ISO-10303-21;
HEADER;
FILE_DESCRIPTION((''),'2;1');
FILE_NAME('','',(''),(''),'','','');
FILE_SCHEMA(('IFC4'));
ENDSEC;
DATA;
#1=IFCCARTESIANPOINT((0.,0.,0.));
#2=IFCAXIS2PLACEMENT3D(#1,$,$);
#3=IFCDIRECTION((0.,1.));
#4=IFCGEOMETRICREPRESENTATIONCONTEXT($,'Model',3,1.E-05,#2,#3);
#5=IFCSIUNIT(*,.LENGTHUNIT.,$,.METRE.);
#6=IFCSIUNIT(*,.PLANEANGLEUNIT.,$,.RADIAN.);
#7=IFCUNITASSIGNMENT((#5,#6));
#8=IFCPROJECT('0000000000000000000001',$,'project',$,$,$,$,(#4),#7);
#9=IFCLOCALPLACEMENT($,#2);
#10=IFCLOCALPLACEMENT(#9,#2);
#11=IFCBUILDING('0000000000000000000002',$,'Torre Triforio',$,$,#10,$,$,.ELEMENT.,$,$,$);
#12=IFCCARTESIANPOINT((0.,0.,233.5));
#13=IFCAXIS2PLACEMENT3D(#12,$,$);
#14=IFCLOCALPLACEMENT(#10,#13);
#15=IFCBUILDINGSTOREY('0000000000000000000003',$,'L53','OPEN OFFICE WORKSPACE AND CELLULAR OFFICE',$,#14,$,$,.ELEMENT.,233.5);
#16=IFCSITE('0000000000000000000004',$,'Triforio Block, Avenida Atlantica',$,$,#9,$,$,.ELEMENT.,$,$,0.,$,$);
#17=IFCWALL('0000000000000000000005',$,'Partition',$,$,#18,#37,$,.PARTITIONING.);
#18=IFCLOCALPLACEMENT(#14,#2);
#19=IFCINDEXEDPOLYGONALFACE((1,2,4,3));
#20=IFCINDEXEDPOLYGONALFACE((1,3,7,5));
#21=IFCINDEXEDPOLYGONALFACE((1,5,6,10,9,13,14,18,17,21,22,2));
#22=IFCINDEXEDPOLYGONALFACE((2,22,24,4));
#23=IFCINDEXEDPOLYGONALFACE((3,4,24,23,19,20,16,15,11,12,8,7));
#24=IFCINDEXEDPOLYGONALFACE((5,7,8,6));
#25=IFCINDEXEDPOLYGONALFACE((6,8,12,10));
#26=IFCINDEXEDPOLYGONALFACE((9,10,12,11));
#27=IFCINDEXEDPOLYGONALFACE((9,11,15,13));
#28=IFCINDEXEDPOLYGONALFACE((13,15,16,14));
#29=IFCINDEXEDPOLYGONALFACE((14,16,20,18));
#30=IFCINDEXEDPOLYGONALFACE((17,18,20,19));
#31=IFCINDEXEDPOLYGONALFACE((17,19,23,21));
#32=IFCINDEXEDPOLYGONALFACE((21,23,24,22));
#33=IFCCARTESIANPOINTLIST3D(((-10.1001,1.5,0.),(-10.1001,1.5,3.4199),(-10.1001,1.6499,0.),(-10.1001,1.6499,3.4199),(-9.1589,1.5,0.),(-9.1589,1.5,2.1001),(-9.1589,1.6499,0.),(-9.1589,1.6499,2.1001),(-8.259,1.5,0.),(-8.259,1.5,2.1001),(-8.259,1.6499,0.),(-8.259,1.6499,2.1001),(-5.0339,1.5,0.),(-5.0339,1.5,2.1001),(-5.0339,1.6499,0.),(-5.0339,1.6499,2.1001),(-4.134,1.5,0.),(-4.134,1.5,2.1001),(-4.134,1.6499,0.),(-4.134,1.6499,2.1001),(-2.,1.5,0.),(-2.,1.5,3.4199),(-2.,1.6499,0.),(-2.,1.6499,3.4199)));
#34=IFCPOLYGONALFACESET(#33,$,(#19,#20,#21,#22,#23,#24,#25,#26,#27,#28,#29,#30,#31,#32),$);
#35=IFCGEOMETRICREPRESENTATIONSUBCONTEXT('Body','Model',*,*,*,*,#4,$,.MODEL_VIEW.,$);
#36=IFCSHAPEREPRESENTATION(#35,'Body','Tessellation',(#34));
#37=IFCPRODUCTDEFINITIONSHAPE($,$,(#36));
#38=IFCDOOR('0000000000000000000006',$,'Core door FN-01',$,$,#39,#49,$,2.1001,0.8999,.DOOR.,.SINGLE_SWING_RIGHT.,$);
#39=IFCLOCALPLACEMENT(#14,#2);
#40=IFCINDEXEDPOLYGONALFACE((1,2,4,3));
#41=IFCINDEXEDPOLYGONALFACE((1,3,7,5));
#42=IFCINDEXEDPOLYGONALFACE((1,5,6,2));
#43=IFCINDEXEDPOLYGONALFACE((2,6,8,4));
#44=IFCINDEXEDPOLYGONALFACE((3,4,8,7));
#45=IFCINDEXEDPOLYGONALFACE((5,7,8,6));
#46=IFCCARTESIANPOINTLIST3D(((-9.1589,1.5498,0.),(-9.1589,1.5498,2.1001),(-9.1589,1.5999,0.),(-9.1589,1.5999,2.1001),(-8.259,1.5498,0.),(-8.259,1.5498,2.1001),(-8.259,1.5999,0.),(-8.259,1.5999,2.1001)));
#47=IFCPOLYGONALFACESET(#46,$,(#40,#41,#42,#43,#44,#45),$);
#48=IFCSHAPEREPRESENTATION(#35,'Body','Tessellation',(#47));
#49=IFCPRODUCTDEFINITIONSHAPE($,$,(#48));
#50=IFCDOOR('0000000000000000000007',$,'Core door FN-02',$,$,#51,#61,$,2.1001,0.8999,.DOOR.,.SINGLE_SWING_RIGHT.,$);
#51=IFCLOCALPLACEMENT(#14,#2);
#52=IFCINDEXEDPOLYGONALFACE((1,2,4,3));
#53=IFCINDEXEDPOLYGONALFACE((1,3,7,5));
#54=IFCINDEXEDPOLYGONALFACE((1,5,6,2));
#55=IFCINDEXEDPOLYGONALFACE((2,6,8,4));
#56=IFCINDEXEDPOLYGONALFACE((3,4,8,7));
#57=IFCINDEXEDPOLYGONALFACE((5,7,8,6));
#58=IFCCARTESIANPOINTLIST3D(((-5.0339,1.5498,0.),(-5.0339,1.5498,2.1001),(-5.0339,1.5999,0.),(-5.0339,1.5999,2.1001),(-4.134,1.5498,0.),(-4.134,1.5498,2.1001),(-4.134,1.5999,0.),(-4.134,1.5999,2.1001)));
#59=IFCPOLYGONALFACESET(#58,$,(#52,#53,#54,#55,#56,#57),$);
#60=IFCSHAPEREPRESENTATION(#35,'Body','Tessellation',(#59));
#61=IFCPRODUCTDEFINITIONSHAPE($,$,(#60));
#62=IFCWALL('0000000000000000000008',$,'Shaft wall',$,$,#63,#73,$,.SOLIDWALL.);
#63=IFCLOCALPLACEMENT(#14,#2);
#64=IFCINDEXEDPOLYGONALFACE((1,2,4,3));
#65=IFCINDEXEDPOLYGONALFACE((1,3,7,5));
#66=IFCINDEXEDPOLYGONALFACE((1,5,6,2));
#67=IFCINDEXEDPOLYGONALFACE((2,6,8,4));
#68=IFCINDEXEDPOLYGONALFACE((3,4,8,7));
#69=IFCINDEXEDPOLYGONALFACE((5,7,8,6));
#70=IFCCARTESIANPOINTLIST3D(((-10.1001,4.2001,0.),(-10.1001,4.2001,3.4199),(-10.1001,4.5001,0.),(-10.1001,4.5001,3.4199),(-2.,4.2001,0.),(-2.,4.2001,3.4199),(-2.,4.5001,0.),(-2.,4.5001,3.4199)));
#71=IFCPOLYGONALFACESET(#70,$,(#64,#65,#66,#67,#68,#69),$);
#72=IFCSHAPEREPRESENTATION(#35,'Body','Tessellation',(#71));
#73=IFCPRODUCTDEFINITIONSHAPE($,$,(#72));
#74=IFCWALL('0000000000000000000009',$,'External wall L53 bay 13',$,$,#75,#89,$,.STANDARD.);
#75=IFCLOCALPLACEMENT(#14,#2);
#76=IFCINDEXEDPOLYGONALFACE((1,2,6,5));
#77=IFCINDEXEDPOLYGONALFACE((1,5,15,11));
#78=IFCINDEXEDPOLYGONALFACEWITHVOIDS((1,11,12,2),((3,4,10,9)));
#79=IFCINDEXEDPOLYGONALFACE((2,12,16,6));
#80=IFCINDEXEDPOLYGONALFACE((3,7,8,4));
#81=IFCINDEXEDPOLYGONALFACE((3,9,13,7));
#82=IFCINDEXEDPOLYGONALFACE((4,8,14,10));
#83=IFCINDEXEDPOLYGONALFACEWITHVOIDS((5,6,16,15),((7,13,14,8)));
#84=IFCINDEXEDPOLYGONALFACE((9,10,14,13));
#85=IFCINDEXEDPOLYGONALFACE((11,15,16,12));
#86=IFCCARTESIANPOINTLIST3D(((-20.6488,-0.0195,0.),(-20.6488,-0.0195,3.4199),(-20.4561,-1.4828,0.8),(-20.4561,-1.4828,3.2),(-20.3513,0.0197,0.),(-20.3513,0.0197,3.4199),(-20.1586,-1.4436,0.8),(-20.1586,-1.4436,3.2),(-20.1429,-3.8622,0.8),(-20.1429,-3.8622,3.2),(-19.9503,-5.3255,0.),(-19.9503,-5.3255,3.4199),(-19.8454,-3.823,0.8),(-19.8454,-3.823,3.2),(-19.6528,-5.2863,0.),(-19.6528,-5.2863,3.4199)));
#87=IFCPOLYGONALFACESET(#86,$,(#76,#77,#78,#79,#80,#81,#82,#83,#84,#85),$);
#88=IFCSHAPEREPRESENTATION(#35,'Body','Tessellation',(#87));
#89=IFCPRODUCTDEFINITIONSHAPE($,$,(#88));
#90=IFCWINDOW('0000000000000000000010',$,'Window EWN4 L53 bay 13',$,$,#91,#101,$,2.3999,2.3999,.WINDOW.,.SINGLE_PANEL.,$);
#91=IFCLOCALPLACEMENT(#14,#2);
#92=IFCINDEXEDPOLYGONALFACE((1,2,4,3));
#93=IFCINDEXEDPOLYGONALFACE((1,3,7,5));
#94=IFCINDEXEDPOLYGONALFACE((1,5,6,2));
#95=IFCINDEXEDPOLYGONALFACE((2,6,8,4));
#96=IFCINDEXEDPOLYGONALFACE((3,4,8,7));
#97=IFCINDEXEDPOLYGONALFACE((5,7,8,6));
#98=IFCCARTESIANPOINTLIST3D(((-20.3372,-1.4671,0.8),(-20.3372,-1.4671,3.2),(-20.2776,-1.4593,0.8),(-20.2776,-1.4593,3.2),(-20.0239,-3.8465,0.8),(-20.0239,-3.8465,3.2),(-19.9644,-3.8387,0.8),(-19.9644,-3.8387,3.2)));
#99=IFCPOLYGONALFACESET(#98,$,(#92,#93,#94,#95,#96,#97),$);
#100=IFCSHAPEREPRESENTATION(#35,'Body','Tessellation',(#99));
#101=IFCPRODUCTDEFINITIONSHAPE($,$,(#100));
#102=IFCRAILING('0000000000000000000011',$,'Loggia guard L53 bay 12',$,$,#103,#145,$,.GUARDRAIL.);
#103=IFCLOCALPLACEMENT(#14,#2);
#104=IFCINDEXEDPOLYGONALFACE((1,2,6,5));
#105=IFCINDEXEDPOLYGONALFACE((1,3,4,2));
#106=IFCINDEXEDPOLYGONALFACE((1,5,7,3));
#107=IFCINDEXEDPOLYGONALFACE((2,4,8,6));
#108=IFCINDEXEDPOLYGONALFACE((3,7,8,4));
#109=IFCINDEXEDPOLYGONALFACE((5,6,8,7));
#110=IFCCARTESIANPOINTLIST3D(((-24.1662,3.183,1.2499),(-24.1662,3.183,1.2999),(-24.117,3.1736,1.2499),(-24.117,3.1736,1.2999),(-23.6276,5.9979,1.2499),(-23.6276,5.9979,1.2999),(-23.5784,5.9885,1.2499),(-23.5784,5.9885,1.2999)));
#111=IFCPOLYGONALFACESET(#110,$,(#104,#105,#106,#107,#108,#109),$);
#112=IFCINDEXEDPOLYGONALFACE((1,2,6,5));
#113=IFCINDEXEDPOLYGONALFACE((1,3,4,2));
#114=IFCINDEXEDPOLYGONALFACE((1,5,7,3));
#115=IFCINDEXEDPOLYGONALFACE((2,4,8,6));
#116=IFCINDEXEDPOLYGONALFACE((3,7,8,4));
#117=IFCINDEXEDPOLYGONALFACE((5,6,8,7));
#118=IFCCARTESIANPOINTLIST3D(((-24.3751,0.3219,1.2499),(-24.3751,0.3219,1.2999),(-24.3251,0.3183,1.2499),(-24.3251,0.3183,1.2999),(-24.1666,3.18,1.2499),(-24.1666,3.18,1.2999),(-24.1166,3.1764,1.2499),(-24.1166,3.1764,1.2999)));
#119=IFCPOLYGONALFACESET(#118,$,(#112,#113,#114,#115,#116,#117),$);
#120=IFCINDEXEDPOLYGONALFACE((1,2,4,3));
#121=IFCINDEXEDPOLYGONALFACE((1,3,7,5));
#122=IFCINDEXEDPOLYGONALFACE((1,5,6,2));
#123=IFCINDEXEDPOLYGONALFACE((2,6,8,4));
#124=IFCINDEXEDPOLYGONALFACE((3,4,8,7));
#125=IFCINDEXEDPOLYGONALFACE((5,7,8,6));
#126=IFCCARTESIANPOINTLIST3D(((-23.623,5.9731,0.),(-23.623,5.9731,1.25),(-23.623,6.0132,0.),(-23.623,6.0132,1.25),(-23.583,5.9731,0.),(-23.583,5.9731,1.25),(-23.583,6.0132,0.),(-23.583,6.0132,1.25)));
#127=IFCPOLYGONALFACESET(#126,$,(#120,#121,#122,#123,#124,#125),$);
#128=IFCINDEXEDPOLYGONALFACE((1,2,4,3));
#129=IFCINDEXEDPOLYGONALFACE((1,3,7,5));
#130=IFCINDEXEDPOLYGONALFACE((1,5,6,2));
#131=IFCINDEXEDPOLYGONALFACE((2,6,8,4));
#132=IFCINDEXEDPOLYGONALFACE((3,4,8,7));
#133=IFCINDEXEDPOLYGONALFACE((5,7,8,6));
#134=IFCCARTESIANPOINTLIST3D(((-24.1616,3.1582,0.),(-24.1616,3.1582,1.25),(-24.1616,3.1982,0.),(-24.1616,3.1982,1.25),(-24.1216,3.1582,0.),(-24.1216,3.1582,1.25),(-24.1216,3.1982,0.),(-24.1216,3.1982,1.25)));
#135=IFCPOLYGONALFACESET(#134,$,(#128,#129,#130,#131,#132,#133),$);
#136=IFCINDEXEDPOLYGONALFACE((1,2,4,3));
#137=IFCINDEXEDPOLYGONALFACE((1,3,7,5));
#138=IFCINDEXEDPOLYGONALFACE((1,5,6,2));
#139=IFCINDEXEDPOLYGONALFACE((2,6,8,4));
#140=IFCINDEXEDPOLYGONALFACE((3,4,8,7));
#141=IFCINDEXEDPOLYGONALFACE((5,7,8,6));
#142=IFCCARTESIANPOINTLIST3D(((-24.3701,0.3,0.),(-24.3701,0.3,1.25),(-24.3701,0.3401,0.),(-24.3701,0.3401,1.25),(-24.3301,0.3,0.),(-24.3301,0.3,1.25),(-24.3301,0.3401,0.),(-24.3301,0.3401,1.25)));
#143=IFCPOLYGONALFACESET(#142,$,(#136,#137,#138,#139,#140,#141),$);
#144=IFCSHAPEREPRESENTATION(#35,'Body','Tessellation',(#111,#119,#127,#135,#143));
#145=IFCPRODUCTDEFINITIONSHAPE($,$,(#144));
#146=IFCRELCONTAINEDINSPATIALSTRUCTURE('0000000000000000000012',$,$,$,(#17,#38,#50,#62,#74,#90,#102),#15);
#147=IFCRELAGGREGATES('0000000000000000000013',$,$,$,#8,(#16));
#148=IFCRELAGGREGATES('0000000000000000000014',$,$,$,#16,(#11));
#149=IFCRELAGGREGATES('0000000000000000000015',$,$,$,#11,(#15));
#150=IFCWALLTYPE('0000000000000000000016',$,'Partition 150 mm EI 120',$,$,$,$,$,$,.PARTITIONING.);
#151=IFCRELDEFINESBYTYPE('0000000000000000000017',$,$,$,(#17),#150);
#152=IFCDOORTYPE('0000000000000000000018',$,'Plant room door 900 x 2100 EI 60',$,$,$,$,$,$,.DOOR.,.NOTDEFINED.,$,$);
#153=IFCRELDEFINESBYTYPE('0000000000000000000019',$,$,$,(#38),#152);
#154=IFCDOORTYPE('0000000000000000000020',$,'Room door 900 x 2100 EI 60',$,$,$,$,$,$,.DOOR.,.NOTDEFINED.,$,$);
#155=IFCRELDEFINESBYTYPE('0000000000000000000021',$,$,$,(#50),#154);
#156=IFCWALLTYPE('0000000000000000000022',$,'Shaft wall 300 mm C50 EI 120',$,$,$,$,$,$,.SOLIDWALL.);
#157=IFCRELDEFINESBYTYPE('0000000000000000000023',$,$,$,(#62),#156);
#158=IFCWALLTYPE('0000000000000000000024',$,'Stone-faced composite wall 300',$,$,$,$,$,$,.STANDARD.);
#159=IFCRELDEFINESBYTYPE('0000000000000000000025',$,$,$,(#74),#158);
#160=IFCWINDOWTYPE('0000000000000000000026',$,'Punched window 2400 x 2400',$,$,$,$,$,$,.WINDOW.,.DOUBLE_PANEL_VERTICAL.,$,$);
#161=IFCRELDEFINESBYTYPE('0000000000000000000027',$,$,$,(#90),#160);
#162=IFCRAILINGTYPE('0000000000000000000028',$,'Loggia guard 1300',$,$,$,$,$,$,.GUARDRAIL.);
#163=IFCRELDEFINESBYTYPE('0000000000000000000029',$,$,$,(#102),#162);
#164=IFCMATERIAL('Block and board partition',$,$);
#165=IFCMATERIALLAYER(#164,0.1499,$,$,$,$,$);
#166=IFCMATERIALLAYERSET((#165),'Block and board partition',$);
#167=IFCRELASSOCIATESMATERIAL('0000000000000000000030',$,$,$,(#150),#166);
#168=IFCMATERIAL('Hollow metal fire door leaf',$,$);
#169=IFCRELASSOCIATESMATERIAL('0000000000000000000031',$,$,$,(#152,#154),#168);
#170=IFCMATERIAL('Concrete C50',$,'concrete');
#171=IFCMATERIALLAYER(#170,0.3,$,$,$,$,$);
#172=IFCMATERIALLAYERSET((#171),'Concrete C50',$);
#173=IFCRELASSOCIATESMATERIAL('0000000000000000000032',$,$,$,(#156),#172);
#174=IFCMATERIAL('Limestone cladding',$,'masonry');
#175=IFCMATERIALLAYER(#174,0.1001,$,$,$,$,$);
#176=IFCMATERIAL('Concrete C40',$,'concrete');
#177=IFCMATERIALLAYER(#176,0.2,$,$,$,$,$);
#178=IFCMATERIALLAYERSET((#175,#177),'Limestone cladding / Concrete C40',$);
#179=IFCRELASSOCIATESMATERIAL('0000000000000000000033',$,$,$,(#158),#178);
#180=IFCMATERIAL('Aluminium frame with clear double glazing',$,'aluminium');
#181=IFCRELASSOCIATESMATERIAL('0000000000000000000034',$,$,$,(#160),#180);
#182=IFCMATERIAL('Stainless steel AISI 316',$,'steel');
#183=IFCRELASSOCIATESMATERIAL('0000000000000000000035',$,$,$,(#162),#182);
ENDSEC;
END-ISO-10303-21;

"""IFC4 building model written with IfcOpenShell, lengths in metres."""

from ifc_helpers import new_model, si_unit, direction, frame, frame_2d, origin, origin_2d, place, context, subcontext, project, spatial, rectangle, extrude, material, layer, layer_set, type_object, element, fill, save


model = new_model("IFC4")

# Units and contexts
model_context = context("Model", 3, precision=1e-05, world=origin(), true_north=direction((0.0, 1.0)))
body_context = subcontext(model_context, "Body", "Model", "MODEL_VIEW")
ifc_project = project(units=[si_unit("LENGTHUNIT", "METRE"), si_unit("PLANEANGLEUNIT", "RADIAN")], contexts=[model_context])

# Site, building, storey
site_placement = place(None, origin())
site = spatial("IfcSite", under=ifc_project, at=site_placement, Name="Triforio Block, Avenida Atlantica", CompositionType="ELEMENT", RefElevation=0.0)
building_placement = place(site_placement, origin())
building = spatial("IfcBuilding", under=site, at=building_placement, Name="Torre Triforio", CompositionType="ELEMENT")
storey_placement = place(building_placement, frame((0.0, 0.0, 233.5)))
storey = spatial("IfcBuildingStorey", under=building, at=storey_placement, Name="L53", Description="OPEN OFFICE WORKSPACE AND CELLULAR OFFICE", CompositionType="ELEMENT", Elevation=233.5)

# Shared definitions
ifc_material_1 = material(Name="Concrete C50", Category="concrete")

# Shared definitions
ifc_material_2 = material(Name="Concrete C40", Category="concrete")

# Shared definitions
ifc_material_3 = material(Name="Hollow metal fire door leaf")

# Wall, openings, doors
ifc_material_4 = material(Name="Block and board partition")
ifc_layer_1 = layer(ifc_material_4, 0.1499)
ifc_layer_set_1 = layer_set([ifc_layer_1], Name="Block and board partition")
wall_type_1 = type_object("IfcWallType", Name="Partition 150 mm EI 120", PredefinedType="PARTITIONING", material=ifc_layer_set_1)
wall_1_placement = place(storey_placement, frame((-10.1001, 1.575, 0.0), z_axis=(0.0, 0.0, 1.0), x_axis=(1.0, 0.0, 0.0)))
wall_1 = element("IfcWall", 1, at=wall_1_placement, inside=storey, type_object=wall_type_1, Name="Partition", PredefinedType="PARTITIONING", context=body_context, shape_type="SweptSolid", body=[
    extrude(rectangle(XDim=8.1001, YDim=0.1499, at=frame_2d((4.05, 0.0))), origin(), (0.0, 0.0, 1.0), 3.4199),
])
opening_1_placement = place(wall_1_placement, frame((0.9412, 0.0, 0.0)))
opening_1 = element("IfcOpeningElement", 2, at=opening_1_placement, cuts=wall_1, PredefinedType="OPENING", context=body_context, shape_type="SweptSolid", body=[
    extrude(rectangle(XDim=0.8999, YDim=2.1001, at=frame_2d((0.45, 1.05))), frame((0.0, 0.085, 0.0), z_axis=(0.0, -1.0, 0.0), x_axis=(1.0, 0.0, 0.0)), (0.0, 0.0, 1.0), 0.1699),
])
opening_2_placement = place(wall_1_placement, frame((5.0662, 0.0, 0.0)))
opening_2 = element("IfcOpeningElement", 3, at=opening_2_placement, cuts=wall_1, PredefinedType="OPENING", context=body_context, shape_type="SweptSolid", body=[
    extrude(rectangle(XDim=0.8999, YDim=2.1001, at=frame_2d((0.45, 1.05))), frame((0.0, 0.085, 0.0), z_axis=(0.0, -1.0, 0.0), x_axis=(1.0, 0.0, 0.0)), (0.0, 0.0, 1.0), 0.1699),
])
door_type_1 = type_object("IfcDoorType", Name="Plant room door 900 x 2100 EI 60", OperationType="NOTDEFINED", PredefinedType="DOOR", material=ifc_material_3)
door_1_placement = place(opening_1_placement, origin())
door_1 = element("IfcDoor", 4, at=door_1_placement, inside=storey, type_object=door_type_1, Name="Core door FN-01", OperationType="SINGLE_SWING_RIGHT", OverallHeight=2.1001, OverallWidth=0.8999, PredefinedType="DOOR", context=body_context, shape_type="SweptSolid", body=[
    extrude(rectangle(XDim=0.8999, YDim=2.1001, at=frame_2d((0.45, 1.05))), frame((0.0, 0.0249, 0.0), z_axis=(0.0, -1.0, 0.0), x_axis=(1.0, 0.0, 0.0)), (0.0, 0.0, 1.0), 0.05),
])
fill(opening_1, door_1)
door_type_2 = type_object("IfcDoorType", Name="Room door 900 x 2100 EI 60", OperationType="NOTDEFINED", PredefinedType="DOOR", material=ifc_material_3)
door_2_placement = place(opening_2_placement, origin())
door_2 = element("IfcDoor", 5, at=door_2_placement, inside=storey, type_object=door_type_2, Name="Core door FN-02", OperationType="SINGLE_SWING_RIGHT", OverallHeight=2.1001, OverallWidth=0.8999, PredefinedType="DOOR", context=body_context, shape_type="SweptSolid", body=[
    extrude(rectangle(XDim=0.8999, YDim=2.1001, at=frame_2d((0.45, 1.05))), frame((0.0, 0.0249, 0.0), z_axis=(0.0, -1.0, 0.0), x_axis=(1.0, 0.0, 0.0)), (0.0, 0.0, 1.0), 0.05),
])
fill(opening_2, door_2)

# Wall
ifc_layer_2 = layer(ifc_material_1, 0.3)
ifc_layer_set_2 = layer_set([ifc_layer_2], Name="Concrete C50")
wall_type_2 = type_object("IfcWallType", Name="Shaft wall 300 mm C50 EI 120", PredefinedType="SOLIDWALL", material=ifc_layer_set_2)
wall_2_placement = place(storey_placement, frame((-10.1001, 4.3501, 0.0), z_axis=(0.0, 0.0, 1.0), x_axis=(1.0, 0.0, 0.0)))
element("IfcWall", 6, at=wall_2_placement, inside=storey, type_object=wall_type_2, Name="Shaft wall", PredefinedType="SOLIDWALL", context=body_context, shape_type="SweptSolid", body=[
    extrude(rectangle(XDim=8.1001, YDim=0.3, at=frame_2d((4.05, 0.0))), origin(), (0.0, 0.0, 1.0), 3.4199),
])

# Shared definitions
ifc_material_5 = material(Name="Limestone cladding", Category="masonry")
ifc_layer_3 = layer(ifc_material_5, 0.1001)
ifc_layer_4 = layer(ifc_material_2, 0.2)
ifc_layer_set_3 = layer_set([ifc_layer_3, ifc_layer_4], Name="Limestone cladding / Concrete C40")
wall_type_3 = type_object("IfcWallType", Name="Stone-faced composite wall 300", PredefinedType="STANDARD", material=ifc_layer_set_3)
ifc_material_6 = material(Name="Aluminium frame with clear double glazing", Category="aluminium")

# Wall, opening, window
wall_3_placement = place(storey_placement, frame((-20.5, 0.0, 0.0), z_axis=(0.0, 0.0, 1.0), x_axis=(0.130517, -0.991446, 0.0)))
wall_3 = element("IfcWall", 7, at=wall_3_placement, inside=storey, type_object=wall_type_3, Name="External wall L53 bay 13", PredefinedType="STANDARD", context=body_context, shape_type="SweptSolid", body=[
    extrude(rectangle(XDim=5.3518, YDim=0.3, at=frame_2d((2.6758, 0.0))), origin(), (0.0, 0.0, 1.0), 3.4199),
])
opening_3_placement = place(wall_3_placement, frame((1.4758, 0.0, 0.8)))
opening_3 = element("IfcOpeningElement", 8, at=opening_3_placement, cuts=wall_3, PredefinedType="OPENING", context=body_context, shape_type="SweptSolid", body=[
    extrude(rectangle(XDim=2.3999, YDim=2.3999, at=frame_2d((1.2, 1.2))), frame((0.0, 0.1599, 0.0), z_axis=(0.0, -1.0, 0.0), x_axis=(1.0, 0.0, 0.0)), (0.0, 0.0, 1.0), 0.3201),
])
window_type_1 = type_object("IfcWindowType", Name="Punched window 2400 x 2400", PartitioningType="DOUBLE_PANEL_VERTICAL", PredefinedType="WINDOW", material=ifc_material_6)
window_1_placement = place(opening_3_placement, origin())
window_1 = element("IfcWindow", 9, at=window_1_placement, inside=storey, type_object=window_type_1, Name="Window EWN4 L53 bay 13", OverallHeight=2.3999, OverallWidth=2.3999, PartitioningType="SINGLE_PANEL", PredefinedType="WINDOW", context=body_context, shape_type="SweptSolid", body=[
    extrude(rectangle(XDim=2.3999, YDim=2.3999, at=frame_2d((1.2, 1.2))), frame((0.0, 0.03, 0.0), z_axis=(0.0, -1.0, 0.0), x_axis=(1.0, 0.0, 0.0)), (0.0, 0.0, 1.0), 0.0601),
])
fill(opening_3, window_1)

# Railing
ifc_material_7 = material(Name="Stainless steel AISI 316", Category="steel")
railing_type = type_object("IfcRailingType", Name="Loggia guard 1300", PredefinedType="GUARDRAIL", material=ifc_material_7)
railing_placement = place(storey_placement, frame((-23.603, 5.9932, 0.0)))
element("IfcRailing", 10, at=railing_placement, inside=storey, type_object=railing_type, Name="Loggia guard L53 bay 12", PredefinedType="GUARDRAIL", context=body_context, shape_type="SweptSolid", body=[
    extrude(rectangle(XDim=0.05, YDim=0.05, at=origin_2d()), frame((0.0, 0.0, 1.2749), z_axis=(-0.187918, -0.982185, 0.0), x_axis=(0.982185, -0.187918, 0.0)), (0.0, 0.0, 1.0), 2.866),
    extrude(rectangle(XDim=0.05, YDim=0.05, at=origin_2d()), frame((-0.5386, -2.8149, 1.2749), z_axis=(-0.072754, -0.99735, 0.0), x_axis=(0.99735, -0.072754, 0.0)), (0.0, 0.0, 1.0), 2.8657),
    extrude(rectangle(XDim=0.04, YDim=0.04, at=origin_2d()), origin(), (0.0, 0.0, 1.0), 1.25),
    extrude(rectangle(XDim=0.04, YDim=0.04, at=origin_2d()), frame((-0.5386, -2.8149, 0.0)), (0.0, 0.0, 1.0), 1.25),
    extrude(rectangle(XDim=0.04, YDim=0.04, at=origin_2d()), frame((-0.7471, -5.6731, 0.0)), (0.0, 0.0, 1.0), 1.25),
])

save(model, "model.ifc")
